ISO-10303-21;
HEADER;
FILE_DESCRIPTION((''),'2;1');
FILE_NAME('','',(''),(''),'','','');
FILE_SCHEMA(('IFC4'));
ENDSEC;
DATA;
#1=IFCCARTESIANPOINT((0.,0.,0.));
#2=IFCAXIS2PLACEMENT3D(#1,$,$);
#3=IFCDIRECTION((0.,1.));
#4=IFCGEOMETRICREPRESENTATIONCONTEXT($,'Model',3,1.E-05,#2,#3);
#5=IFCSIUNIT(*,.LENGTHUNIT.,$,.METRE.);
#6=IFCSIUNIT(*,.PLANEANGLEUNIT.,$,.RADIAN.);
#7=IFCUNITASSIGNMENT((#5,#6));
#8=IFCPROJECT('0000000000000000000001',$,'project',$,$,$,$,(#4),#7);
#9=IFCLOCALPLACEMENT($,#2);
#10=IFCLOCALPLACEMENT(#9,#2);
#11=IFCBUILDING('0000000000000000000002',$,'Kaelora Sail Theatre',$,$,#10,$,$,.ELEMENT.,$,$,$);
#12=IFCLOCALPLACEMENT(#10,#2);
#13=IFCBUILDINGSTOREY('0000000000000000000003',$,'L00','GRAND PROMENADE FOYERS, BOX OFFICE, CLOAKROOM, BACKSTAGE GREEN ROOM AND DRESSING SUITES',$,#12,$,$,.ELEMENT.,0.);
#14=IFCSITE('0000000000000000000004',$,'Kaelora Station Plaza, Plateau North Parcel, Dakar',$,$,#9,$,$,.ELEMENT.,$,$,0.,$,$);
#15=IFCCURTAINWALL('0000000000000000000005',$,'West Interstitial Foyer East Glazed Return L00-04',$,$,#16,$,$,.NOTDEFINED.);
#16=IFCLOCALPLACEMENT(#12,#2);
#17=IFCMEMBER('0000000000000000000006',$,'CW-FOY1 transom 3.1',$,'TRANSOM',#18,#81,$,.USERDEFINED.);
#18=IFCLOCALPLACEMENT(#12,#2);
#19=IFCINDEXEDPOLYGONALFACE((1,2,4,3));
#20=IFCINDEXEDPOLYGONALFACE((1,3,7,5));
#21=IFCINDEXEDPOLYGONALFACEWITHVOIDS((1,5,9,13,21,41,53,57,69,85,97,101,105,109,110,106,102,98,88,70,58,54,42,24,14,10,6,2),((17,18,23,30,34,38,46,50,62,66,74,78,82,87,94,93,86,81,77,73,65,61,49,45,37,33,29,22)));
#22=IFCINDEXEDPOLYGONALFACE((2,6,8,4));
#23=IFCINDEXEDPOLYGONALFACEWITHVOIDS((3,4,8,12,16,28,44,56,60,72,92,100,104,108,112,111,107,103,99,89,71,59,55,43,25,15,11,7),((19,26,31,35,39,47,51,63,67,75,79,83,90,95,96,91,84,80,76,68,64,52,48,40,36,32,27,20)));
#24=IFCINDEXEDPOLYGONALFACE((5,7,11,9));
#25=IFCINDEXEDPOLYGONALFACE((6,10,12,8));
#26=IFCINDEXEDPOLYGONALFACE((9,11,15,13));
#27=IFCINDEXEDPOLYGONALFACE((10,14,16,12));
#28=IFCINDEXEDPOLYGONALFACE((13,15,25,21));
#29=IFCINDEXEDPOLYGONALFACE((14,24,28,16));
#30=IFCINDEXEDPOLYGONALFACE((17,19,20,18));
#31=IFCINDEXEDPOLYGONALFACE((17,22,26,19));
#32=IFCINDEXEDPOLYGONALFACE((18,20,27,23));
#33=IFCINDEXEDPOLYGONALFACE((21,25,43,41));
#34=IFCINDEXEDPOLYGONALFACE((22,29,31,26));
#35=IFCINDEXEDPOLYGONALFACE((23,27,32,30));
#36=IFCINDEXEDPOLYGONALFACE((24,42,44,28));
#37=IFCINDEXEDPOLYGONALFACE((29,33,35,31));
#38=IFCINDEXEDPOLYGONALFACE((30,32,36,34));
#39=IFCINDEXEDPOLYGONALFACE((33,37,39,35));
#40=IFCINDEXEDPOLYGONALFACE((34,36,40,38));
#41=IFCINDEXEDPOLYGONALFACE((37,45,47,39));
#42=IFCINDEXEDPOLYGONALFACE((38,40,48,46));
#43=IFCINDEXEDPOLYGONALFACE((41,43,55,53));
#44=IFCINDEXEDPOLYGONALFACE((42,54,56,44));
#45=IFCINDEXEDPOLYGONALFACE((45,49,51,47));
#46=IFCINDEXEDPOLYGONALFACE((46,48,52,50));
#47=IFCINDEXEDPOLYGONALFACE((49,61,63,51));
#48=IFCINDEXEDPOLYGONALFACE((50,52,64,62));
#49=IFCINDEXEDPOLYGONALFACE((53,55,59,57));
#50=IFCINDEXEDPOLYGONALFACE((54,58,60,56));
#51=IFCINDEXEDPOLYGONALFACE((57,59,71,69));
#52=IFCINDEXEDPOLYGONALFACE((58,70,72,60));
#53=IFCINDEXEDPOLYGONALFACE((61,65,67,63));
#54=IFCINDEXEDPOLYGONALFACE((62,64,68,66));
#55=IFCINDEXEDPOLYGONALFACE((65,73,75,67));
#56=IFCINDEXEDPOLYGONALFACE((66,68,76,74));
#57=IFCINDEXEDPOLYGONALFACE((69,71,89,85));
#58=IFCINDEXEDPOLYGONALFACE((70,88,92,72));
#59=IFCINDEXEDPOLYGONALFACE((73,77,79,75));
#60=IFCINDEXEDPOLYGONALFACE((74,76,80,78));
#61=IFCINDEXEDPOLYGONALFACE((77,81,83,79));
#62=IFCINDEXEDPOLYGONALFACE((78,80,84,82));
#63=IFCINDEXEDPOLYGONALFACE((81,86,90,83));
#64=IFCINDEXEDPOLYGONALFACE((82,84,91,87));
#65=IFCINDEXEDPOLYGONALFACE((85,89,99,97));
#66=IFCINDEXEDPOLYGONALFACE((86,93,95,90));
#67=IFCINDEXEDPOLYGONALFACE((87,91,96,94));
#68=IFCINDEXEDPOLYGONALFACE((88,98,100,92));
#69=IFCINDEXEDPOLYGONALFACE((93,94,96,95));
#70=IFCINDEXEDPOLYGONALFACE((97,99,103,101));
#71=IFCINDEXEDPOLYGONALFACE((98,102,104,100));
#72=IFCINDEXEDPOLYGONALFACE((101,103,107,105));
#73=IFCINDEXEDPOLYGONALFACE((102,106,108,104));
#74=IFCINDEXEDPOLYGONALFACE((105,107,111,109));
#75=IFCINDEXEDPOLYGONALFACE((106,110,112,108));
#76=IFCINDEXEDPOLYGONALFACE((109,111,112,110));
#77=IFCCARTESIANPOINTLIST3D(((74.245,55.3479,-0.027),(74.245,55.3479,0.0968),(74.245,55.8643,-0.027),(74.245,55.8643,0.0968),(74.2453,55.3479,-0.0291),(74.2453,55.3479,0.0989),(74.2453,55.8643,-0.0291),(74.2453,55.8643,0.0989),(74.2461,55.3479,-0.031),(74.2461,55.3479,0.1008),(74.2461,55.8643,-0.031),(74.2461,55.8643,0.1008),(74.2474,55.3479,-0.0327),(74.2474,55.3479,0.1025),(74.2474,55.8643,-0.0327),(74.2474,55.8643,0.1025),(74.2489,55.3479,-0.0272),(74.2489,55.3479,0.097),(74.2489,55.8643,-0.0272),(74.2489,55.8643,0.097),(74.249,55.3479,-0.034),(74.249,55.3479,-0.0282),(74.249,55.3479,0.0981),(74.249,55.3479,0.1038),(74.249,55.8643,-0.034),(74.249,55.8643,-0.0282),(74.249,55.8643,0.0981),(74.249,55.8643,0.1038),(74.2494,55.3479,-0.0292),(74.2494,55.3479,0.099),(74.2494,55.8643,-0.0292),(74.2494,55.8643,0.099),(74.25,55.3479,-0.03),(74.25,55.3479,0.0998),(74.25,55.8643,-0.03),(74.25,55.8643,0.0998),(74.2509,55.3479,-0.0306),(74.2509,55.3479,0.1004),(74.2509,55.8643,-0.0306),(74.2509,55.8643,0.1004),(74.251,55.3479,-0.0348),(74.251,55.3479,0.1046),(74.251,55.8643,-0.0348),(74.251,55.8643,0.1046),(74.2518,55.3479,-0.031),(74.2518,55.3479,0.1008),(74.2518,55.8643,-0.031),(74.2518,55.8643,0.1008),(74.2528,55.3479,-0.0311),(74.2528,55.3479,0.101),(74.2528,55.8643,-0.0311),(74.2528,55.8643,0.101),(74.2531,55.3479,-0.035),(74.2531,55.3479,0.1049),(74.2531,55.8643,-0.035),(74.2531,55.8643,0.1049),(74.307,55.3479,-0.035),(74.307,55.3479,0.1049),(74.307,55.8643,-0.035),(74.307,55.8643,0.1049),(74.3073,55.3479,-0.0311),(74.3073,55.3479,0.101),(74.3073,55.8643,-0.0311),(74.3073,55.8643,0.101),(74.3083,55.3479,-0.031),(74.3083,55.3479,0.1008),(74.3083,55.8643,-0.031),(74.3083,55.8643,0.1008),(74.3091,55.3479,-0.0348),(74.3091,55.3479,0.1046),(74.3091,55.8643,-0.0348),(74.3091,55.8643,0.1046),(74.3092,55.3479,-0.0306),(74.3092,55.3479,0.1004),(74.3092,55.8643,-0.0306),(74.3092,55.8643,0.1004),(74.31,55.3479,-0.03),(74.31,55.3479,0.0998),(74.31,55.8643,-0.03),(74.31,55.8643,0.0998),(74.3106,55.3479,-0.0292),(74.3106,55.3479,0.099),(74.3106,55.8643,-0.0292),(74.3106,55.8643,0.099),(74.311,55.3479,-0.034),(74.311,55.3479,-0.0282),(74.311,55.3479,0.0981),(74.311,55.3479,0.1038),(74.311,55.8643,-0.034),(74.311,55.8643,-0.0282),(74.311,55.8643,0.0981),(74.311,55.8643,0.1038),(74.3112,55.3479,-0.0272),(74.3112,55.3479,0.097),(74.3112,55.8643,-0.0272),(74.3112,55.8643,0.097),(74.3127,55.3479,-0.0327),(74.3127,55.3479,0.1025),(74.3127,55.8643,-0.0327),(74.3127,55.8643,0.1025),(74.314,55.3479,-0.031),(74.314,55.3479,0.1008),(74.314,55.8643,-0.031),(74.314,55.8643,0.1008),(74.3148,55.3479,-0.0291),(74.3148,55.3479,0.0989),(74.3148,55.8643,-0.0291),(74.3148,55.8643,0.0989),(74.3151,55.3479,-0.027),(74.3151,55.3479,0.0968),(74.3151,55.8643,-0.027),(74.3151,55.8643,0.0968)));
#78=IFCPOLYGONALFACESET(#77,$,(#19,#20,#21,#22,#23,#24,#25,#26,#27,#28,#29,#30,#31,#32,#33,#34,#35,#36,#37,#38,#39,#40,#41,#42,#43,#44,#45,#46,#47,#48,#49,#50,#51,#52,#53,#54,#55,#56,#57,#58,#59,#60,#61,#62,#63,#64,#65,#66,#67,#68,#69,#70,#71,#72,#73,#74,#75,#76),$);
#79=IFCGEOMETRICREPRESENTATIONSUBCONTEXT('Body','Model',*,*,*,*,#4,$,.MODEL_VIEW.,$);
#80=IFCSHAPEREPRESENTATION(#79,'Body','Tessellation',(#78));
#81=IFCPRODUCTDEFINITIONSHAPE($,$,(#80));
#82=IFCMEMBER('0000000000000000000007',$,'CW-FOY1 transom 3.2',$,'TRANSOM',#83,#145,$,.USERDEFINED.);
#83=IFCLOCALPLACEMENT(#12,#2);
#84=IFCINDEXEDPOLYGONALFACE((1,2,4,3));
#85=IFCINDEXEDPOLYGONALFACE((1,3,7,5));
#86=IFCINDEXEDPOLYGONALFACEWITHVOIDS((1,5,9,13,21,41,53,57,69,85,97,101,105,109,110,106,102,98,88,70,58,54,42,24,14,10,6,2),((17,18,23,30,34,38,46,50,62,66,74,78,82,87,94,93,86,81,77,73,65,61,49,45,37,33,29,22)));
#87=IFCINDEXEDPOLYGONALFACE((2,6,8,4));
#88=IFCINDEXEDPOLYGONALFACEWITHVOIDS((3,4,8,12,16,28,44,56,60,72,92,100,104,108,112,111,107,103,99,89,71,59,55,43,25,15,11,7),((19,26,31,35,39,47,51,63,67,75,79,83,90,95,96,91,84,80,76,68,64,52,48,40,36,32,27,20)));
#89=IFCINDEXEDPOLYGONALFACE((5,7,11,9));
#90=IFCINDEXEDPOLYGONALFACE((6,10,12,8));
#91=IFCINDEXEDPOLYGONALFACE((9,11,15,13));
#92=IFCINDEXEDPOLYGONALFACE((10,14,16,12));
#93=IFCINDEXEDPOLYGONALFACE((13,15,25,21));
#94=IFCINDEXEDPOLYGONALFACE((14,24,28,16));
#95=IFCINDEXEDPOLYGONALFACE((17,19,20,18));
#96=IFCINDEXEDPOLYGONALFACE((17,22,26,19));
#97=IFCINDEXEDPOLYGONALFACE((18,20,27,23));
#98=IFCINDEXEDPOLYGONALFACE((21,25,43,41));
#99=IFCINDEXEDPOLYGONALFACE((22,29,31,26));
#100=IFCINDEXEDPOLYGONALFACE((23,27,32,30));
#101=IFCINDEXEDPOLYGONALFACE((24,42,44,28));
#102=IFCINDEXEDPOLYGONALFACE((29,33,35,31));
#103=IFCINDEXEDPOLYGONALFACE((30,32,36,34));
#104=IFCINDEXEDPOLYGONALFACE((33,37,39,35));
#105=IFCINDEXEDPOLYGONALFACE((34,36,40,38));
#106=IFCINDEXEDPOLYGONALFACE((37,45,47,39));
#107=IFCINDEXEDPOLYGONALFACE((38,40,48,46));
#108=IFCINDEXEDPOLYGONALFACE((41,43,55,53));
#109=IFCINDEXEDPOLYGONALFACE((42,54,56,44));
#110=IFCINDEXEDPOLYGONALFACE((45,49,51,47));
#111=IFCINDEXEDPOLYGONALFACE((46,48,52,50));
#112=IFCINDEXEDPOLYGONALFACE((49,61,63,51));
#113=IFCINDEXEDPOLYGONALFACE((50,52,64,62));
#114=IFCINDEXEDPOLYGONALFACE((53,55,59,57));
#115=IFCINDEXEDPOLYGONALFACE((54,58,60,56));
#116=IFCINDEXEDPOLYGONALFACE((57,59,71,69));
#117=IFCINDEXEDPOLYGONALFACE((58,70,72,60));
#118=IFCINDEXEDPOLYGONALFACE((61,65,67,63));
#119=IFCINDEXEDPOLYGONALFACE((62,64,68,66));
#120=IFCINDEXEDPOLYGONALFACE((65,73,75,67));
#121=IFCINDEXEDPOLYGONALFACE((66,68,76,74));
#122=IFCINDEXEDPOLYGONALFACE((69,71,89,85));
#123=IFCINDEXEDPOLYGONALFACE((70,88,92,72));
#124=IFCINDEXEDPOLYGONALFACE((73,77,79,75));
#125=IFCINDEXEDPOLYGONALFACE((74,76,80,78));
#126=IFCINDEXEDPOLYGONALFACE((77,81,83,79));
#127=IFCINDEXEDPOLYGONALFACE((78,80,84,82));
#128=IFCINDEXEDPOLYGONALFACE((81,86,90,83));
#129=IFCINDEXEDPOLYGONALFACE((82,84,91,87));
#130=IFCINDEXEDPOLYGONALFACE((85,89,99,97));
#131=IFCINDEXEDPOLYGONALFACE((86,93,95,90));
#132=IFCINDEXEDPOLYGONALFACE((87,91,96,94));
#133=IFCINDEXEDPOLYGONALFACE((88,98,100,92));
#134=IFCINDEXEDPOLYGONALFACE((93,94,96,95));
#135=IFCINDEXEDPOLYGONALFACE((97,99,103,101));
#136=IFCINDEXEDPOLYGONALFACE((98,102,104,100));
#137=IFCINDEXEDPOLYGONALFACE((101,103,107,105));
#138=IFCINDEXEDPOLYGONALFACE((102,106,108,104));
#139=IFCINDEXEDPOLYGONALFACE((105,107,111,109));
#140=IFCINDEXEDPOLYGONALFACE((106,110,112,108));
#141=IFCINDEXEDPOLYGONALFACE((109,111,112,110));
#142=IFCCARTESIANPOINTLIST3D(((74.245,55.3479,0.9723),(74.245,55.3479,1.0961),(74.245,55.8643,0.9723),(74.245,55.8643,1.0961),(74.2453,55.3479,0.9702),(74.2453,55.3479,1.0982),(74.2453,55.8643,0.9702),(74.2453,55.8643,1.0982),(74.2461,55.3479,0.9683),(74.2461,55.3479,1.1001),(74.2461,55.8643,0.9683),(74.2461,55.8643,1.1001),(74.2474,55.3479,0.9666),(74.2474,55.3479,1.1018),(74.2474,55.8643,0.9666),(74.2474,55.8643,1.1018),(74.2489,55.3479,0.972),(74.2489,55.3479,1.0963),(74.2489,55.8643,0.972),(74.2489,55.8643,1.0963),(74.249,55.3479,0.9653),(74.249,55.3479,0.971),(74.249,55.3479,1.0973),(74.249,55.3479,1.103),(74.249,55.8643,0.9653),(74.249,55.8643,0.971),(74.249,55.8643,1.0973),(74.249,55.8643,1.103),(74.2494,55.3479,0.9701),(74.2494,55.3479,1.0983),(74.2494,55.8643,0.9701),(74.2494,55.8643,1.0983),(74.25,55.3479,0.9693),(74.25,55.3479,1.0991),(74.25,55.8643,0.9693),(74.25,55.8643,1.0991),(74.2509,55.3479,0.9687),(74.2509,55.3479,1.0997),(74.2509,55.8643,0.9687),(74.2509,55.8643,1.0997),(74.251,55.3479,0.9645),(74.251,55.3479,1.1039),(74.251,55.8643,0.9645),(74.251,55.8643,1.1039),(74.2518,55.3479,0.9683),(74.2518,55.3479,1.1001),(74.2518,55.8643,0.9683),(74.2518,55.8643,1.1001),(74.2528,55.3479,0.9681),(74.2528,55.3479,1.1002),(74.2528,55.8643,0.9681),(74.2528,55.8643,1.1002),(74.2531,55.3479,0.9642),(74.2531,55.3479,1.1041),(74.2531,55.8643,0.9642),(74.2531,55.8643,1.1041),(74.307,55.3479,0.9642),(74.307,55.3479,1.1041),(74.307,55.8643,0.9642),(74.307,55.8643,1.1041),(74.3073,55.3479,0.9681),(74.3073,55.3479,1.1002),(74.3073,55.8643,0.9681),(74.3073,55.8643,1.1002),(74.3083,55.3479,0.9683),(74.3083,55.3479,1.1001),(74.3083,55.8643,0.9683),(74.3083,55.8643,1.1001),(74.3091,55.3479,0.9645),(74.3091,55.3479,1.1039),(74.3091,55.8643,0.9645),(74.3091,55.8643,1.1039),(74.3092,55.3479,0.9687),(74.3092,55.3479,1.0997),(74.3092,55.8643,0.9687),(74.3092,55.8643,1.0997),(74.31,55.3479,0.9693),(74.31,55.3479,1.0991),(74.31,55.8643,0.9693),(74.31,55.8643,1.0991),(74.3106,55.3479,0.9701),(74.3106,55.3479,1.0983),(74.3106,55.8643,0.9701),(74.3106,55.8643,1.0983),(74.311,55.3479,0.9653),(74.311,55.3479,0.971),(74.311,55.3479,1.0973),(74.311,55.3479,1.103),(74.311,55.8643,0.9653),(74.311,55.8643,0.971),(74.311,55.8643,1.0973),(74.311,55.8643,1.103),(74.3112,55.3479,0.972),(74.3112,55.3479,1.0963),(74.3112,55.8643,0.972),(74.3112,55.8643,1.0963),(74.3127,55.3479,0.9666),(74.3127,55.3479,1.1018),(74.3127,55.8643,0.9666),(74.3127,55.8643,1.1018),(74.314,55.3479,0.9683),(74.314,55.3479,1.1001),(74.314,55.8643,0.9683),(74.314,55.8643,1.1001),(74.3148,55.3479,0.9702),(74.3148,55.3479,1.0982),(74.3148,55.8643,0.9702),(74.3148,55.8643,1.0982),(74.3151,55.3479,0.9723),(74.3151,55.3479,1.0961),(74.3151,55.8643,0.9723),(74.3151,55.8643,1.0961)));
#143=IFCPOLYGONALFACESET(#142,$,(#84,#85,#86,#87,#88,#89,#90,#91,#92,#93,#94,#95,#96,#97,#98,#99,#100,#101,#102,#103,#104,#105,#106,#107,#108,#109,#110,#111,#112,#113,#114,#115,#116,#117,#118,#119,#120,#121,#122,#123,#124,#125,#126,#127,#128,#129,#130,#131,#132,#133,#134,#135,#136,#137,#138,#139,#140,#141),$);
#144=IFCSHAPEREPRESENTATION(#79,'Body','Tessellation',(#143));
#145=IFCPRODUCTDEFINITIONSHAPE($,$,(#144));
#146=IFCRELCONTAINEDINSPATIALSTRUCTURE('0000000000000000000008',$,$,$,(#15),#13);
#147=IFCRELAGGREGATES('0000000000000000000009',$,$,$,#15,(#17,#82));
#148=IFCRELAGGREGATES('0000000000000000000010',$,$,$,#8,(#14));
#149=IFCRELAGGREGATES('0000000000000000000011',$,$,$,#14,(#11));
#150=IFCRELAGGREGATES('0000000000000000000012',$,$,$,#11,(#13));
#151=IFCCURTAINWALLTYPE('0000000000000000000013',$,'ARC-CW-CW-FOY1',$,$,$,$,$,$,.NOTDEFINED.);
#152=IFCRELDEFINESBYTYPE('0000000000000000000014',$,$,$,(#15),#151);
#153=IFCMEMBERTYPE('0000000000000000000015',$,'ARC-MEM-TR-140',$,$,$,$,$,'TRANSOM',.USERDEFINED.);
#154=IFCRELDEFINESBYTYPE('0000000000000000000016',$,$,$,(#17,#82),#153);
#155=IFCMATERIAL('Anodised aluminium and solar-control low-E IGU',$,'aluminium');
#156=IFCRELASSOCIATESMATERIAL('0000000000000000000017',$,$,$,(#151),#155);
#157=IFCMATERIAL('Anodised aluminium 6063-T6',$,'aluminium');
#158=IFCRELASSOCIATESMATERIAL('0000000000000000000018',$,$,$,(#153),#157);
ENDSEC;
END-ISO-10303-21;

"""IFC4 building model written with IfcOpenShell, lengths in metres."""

from ifc_helpers import new_model, si_unit, direction, frame, origin, origin_2d, place, context, subcontext, project, spatial, hollow_rectangle, extrude, material, material_profile, profile_set, type_object, element, aggregate, save


model = new_model("IFC4")

# Units and contexts
model_context = context("Model", 3, precision=1e-05, world=origin(), true_north=direction((0.0, 1.0)))
body_context = subcontext(model_context, "Body", "Model", "MODEL_VIEW")
ifc_project = project(units=[si_unit("LENGTHUNIT", "METRE"), si_unit("PLANEANGLEUNIT", "RADIAN")], contexts=[model_context])

# Site, building, storey
site_placement = place(None, origin())
site = spatial("IfcSite", under=ifc_project, at=site_placement, Name="Kaelora Station Plaza, Plateau North Parcel, Dakar", CompositionType="ELEMENT", RefElevation=0.0)
building_placement = place(site_placement, origin())
building = spatial("IfcBuilding", under=site, at=building_placement, Name="Kaelora Sail Theatre", CompositionType="ELEMENT")
storey_placement = place(building_placement, origin())
storey = spatial("IfcBuildingStorey", under=building, at=storey_placement, Name="L00", Description="GRAND PROMENADE FOYERS, BOX OFFICE, CLOAKROOM, BACKSTAGE GREEN ROOM AND DRESSING SUITES", CompositionType="ELEMENT", Elevation=0.0)

# Curtain wall
ifc_material_1 = material(Name="Anodised aluminium and solar-control low-E IGU", Category="aluminium")
curtain_wall_type = type_object("IfcCurtainWallType", Name="ARC-CW-CW-FOY1", PredefinedType="NOTDEFINED", material=ifc_material_1)
curtain_wall_placement = place(storey_placement, origin())
curtain_wall = element("IfcCurtainWall", 1, at=curtain_wall_placement, inside=storey, type_object=curtain_wall_type, Name="West Interstitial Foyer East Glazed Return L00-04", PredefinedType="NOTDEFINED")

# Members
ifc_material_2 = material(Name="Anodised aluminium 6063-T6", Category="aluminium")
ifc_material_profile_1 = material_profile(ifc_material_2, hollow_rectangle(XDim=0.0701, YDim=0.1399, WallThickness=0.0039, InnerFilletRadius=0.0039, OuterFilletRadius=0.0081, at=origin_2d()), Name="ALU-TRAN 70x140x4")
ifc_profile_set_1 = profile_set([ifc_material_profile_1], Name="Anodised aluminium 6063-T6")
member_type_1 = type_object("IfcMemberType", Name="ARC-MEM-TR-140", ElementType="TRANSOM", PredefinedType="USERDEFINED", material=ifc_profile_set_1)
member_1_placement = place(storey_placement, frame((74.28, 55.3479, 0.0349), z_axis=(0.0, 1.0, 0.0), x_axis=(-1.0, 0.0, 0.0)))
member_1 = element("IfcMember", 2, at=member_1_placement, type_object=member_type_1, Name="CW-FOY1 transom 3.1", ObjectType="TRANSOM", PredefinedType="USERDEFINED", context=body_context, shape_type="SweptSolid", body=[
    extrude(hollow_rectangle(XDim=0.0701, YDim=0.1399, WallThickness=0.0039, InnerFilletRadius=0.0039, OuterFilletRadius=0.0081, at=origin_2d()), origin(), (0.0, 0.0, 1.0), 0.5164),
])
member_2_placement = place(storey_placement, frame((74.28, 55.3479, 1.0342), z_axis=(0.0, 1.0, 0.0), x_axis=(-1.0, 0.0, 0.0)))
member_2 = element("IfcMember", 3, at=member_2_placement, type_object=member_type_1, Name="CW-FOY1 transom 3.2", ObjectType="TRANSOM", PredefinedType="USERDEFINED", context=body_context, shape_type="SweptSolid", body=[
    extrude(hollow_rectangle(XDim=0.0701, YDim=0.1399, WallThickness=0.0039, InnerFilletRadius=0.0039, OuterFilletRadius=0.0081, at=origin_2d()), origin(), (0.0, 0.0, 1.0), 0.5164),
])

aggregate(curtain_wall, [member_1, member_2])

save(model, "model.ifc")
